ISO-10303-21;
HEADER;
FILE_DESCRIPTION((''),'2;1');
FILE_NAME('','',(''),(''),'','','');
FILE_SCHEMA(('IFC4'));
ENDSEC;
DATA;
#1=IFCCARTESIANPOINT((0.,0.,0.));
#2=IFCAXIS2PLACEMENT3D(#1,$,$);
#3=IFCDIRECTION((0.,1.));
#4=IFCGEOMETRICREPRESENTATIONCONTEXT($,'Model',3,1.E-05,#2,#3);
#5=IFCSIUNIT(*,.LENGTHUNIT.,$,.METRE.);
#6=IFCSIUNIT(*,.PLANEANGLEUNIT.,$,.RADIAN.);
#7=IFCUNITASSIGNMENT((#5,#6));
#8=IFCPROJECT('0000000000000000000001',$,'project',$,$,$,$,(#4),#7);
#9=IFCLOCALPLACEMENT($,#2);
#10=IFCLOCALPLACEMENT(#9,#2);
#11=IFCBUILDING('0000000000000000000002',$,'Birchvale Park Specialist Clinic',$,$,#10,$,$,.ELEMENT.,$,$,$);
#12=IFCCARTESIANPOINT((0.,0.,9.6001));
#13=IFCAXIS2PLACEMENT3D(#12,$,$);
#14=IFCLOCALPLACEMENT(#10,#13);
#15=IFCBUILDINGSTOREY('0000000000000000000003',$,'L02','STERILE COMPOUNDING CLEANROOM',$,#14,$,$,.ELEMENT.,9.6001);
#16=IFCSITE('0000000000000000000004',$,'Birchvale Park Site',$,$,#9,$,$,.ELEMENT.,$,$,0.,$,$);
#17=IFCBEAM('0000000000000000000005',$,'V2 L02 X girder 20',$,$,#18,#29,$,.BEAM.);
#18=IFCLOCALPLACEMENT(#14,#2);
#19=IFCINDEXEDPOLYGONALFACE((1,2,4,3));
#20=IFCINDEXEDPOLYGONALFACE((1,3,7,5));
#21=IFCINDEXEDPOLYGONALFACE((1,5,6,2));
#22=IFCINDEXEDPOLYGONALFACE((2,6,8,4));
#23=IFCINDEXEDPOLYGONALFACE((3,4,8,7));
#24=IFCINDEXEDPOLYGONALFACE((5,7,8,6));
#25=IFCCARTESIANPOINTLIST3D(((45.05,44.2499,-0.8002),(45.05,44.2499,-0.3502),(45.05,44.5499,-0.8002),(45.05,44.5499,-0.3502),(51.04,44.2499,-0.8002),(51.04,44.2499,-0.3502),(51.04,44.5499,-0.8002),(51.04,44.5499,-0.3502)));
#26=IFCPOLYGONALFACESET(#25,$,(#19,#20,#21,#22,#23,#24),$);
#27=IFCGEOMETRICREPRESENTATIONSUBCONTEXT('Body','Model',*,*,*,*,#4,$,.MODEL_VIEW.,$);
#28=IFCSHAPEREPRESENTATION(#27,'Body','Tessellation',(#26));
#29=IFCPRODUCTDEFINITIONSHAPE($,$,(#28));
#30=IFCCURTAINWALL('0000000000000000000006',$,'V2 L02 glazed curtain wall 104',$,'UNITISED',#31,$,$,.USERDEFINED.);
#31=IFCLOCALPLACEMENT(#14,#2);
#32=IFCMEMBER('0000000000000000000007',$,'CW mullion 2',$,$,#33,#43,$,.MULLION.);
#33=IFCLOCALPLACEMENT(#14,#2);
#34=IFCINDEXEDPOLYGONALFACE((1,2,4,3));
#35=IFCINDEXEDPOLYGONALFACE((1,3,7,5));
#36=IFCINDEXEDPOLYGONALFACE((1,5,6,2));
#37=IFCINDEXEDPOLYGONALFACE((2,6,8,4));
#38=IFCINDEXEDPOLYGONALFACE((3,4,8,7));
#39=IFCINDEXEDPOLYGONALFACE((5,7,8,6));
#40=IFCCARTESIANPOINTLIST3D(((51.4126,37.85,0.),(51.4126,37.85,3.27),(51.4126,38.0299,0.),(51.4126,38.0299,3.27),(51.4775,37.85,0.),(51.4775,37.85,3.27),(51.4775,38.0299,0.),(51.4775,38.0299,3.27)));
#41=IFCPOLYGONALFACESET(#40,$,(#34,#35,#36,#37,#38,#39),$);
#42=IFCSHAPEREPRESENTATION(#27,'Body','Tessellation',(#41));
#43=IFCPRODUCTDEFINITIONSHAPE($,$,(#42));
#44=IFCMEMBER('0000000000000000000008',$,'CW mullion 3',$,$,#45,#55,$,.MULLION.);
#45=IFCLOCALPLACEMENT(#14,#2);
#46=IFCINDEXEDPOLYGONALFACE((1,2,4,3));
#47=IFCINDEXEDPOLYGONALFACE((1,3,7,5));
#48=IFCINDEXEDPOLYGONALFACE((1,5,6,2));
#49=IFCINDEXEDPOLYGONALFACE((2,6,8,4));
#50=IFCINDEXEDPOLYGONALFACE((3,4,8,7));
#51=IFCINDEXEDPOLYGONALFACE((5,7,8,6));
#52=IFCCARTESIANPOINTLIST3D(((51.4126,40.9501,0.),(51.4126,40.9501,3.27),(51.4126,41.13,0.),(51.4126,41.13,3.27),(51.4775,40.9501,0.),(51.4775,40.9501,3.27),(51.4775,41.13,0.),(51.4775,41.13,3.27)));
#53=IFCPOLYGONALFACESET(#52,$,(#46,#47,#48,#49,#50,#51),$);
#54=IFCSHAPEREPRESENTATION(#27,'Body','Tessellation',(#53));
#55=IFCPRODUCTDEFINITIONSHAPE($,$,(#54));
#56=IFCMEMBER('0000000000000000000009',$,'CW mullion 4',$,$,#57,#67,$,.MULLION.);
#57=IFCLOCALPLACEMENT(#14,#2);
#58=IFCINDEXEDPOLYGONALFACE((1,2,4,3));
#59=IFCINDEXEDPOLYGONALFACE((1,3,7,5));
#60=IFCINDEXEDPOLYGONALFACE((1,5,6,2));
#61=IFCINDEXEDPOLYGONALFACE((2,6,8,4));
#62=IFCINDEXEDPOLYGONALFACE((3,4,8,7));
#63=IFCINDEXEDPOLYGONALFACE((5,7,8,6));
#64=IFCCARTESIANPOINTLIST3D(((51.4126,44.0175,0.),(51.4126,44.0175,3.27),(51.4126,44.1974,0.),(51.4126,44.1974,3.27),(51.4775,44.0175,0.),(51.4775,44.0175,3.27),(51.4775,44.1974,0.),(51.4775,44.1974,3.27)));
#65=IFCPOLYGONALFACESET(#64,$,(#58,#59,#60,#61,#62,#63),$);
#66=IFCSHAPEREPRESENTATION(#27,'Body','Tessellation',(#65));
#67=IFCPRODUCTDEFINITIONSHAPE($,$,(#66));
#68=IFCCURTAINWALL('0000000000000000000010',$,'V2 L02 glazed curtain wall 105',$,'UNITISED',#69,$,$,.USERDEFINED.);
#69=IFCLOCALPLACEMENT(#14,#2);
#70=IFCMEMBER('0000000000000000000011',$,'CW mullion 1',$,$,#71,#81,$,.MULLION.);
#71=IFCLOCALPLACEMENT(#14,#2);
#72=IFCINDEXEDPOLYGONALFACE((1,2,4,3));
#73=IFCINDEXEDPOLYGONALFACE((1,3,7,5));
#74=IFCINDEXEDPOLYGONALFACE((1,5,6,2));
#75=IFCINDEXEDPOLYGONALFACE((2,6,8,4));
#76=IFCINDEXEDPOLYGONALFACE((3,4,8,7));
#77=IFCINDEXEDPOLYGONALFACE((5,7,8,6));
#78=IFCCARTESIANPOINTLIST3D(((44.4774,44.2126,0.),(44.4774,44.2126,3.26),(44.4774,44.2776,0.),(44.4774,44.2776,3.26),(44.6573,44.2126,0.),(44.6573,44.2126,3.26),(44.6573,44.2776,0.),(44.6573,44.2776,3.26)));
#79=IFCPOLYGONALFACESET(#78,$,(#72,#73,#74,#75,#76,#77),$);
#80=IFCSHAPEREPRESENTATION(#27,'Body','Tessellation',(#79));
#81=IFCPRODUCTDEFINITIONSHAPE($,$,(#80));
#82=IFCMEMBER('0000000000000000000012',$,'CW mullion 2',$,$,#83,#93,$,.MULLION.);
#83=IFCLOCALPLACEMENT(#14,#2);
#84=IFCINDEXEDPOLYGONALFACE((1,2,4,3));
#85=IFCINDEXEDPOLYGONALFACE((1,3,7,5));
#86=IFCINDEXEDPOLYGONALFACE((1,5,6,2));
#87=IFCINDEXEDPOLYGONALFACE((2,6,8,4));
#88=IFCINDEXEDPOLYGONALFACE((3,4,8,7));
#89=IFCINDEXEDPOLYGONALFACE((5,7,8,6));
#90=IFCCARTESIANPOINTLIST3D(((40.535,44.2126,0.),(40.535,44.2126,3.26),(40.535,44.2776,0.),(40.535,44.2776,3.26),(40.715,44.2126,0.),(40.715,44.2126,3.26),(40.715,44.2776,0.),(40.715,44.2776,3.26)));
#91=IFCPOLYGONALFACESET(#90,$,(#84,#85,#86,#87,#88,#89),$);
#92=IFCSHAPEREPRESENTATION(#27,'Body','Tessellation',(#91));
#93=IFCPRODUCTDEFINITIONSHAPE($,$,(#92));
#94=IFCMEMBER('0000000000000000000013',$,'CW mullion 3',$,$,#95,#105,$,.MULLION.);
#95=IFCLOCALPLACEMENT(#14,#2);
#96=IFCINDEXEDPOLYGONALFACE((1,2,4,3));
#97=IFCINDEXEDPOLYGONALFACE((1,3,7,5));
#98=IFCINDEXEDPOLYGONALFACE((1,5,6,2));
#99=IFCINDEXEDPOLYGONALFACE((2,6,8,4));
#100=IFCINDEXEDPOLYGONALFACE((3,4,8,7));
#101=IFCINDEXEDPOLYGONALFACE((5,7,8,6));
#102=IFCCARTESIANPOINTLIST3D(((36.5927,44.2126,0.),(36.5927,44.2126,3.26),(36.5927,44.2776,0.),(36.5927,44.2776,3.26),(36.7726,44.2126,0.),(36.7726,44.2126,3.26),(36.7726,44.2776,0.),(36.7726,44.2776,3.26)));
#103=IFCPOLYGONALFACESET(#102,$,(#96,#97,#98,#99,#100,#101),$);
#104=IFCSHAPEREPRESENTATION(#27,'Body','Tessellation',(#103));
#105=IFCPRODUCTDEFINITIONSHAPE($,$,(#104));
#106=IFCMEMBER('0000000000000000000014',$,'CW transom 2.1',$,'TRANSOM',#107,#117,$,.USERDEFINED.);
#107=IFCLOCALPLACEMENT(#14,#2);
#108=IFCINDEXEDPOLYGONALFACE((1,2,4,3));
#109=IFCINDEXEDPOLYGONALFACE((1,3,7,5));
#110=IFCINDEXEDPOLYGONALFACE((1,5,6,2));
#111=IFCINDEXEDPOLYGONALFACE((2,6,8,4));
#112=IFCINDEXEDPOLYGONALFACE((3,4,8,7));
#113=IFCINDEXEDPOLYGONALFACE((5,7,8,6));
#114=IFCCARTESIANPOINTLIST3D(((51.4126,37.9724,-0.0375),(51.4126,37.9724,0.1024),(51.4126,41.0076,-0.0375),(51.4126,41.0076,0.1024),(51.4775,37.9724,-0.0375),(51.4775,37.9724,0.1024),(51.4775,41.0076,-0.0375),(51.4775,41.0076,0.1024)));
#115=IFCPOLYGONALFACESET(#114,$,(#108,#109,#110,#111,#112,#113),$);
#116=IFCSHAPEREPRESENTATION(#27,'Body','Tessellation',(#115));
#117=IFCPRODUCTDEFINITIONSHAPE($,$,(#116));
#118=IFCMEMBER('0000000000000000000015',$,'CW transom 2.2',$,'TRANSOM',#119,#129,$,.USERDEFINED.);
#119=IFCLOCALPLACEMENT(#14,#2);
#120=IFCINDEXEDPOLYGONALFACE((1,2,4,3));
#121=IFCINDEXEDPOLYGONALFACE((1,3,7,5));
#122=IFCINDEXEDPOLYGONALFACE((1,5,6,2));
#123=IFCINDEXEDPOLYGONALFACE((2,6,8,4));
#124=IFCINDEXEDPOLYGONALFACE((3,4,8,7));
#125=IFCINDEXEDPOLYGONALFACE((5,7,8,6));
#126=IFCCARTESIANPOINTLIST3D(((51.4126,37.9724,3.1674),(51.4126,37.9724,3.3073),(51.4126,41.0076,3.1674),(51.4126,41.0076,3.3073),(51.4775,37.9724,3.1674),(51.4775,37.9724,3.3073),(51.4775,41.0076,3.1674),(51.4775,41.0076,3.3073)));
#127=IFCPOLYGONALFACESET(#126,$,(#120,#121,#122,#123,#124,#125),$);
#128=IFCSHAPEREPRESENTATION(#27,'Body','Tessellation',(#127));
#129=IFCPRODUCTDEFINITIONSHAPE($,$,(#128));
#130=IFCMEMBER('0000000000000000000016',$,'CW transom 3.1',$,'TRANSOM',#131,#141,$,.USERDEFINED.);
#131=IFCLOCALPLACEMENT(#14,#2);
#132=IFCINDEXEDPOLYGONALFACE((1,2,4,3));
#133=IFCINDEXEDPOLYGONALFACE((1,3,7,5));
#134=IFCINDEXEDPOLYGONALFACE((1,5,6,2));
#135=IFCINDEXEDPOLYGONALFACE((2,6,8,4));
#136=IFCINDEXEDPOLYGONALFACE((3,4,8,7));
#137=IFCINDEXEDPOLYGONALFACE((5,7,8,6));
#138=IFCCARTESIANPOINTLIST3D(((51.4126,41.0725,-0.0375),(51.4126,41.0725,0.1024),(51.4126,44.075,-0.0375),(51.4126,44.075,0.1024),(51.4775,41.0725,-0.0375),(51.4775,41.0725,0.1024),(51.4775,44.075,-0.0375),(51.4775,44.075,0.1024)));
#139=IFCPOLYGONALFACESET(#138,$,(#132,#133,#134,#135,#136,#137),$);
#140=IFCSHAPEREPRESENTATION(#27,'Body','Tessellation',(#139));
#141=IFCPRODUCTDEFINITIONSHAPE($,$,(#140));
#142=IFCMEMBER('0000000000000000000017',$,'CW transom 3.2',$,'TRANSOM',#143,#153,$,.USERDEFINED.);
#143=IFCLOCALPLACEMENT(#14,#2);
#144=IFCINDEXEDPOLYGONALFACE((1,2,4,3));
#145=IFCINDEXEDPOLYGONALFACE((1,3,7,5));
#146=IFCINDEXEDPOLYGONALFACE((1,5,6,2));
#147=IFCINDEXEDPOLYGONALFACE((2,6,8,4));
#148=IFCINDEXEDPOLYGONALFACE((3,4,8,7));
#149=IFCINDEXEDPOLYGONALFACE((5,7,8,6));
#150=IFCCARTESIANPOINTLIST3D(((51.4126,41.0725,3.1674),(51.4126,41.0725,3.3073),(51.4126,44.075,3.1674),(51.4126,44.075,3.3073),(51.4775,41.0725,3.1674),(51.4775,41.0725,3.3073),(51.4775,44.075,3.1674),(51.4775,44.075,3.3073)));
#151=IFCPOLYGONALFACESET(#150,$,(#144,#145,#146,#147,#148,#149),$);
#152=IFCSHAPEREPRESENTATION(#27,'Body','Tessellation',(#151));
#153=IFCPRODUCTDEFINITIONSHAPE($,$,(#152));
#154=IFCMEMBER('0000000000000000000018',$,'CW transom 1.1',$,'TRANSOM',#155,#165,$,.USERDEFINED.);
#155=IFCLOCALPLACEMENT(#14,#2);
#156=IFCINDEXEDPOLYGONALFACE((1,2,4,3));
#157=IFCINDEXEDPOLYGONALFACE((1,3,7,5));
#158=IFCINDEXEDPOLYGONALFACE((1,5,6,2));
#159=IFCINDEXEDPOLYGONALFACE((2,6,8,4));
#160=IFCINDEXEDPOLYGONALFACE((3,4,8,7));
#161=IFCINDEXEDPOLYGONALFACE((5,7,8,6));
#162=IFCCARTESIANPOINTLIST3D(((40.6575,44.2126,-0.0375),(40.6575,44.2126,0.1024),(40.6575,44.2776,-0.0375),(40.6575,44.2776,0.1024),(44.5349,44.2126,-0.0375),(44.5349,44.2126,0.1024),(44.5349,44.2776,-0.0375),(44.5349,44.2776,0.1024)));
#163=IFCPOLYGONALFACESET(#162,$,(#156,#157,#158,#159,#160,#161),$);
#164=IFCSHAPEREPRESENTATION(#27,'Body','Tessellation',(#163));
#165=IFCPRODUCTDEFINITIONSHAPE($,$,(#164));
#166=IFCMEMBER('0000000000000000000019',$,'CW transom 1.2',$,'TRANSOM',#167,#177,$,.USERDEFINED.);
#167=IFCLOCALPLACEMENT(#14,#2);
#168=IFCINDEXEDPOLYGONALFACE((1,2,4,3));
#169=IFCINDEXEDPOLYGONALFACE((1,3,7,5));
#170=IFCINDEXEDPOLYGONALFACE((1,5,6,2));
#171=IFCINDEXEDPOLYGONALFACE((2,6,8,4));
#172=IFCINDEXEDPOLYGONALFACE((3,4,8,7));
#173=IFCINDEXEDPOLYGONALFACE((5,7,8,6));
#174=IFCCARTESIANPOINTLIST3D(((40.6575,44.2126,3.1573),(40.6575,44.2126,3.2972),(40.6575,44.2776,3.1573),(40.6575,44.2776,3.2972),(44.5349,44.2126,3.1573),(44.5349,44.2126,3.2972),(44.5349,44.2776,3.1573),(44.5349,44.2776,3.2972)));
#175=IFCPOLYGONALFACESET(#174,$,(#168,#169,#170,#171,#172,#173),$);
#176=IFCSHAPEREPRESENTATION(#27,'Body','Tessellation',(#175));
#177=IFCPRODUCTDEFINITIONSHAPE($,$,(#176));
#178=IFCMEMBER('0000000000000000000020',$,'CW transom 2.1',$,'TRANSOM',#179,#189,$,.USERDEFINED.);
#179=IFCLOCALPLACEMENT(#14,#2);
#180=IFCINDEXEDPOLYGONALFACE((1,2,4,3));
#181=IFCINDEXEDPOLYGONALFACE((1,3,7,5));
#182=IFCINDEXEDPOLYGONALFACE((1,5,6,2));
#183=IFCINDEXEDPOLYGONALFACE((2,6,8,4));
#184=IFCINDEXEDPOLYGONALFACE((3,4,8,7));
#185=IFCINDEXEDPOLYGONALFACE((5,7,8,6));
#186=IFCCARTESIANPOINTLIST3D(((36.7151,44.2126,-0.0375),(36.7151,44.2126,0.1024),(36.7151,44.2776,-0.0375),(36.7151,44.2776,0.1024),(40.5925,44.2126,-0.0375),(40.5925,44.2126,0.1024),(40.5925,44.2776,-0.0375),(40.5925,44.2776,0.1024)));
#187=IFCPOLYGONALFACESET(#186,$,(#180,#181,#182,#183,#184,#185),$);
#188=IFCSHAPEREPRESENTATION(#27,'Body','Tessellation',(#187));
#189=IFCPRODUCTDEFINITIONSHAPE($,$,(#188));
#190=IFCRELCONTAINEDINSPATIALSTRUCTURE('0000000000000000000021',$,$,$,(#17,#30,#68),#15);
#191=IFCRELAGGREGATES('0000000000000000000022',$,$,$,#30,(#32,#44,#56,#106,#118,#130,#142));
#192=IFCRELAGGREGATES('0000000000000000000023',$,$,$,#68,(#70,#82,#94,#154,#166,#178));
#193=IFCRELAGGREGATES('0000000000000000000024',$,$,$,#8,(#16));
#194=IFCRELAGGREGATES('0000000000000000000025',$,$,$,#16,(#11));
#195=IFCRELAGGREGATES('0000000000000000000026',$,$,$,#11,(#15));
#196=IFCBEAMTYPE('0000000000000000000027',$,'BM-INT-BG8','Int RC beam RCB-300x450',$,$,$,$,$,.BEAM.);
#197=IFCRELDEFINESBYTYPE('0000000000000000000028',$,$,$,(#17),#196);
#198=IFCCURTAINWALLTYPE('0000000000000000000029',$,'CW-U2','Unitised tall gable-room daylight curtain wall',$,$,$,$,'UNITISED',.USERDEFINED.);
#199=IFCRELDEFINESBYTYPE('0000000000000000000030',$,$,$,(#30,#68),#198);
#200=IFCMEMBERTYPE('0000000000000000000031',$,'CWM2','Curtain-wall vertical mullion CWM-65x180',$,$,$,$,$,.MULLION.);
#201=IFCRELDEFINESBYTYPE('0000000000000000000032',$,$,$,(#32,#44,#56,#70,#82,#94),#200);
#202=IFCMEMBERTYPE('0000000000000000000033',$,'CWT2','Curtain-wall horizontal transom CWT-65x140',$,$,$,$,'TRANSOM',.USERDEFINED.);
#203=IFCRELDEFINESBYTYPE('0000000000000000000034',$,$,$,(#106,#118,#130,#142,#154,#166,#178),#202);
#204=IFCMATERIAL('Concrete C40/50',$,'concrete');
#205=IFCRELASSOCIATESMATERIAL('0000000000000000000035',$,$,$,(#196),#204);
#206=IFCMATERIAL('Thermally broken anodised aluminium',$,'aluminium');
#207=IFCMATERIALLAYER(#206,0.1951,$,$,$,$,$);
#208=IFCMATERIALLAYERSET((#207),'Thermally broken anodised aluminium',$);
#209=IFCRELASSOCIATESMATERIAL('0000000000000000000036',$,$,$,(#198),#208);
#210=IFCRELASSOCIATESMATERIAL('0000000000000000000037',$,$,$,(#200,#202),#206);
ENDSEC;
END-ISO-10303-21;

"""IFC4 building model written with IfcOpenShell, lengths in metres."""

from ifc_helpers import new_model, si_unit, direction, frame, origin, origin_2d, place, context, subcontext, project, spatial, rectangle, extrude, material, layer, layer_set, material_profile, profile_set, type_object, element, aggregate, save


model = new_model("IFC4")

# Units and contexts
model_context = context("Model", 3, precision=1e-05, world=origin(), true_north=direction((0.0, 1.0)))
body_context = subcontext(model_context, "Body", "Model", "MODEL_VIEW")
ifc_project = project(units=[si_unit("LENGTHUNIT", "METRE"), si_unit("PLANEANGLEUNIT", "RADIAN")], contexts=[model_context])

# Site, building, storey
site_placement = place(None, origin())
site = spatial("IfcSite", under=ifc_project, at=site_placement, Name="Birchvale Park Site", CompositionType="ELEMENT", RefElevation=0.0)
building_placement = place(site_placement, origin())
building = spatial("IfcBuilding", under=site, at=building_placement, Name="Birchvale Park Specialist Clinic", CompositionType="ELEMENT")
storey_placement = place(building_placement, frame((0.0, 0.0, 9.6001)))
storey = spatial("IfcBuildingStorey", under=building, at=storey_placement, Name="L02", Description="STERILE COMPOUNDING CLEANROOM", CompositionType="ELEMENT", Elevation=9.6001)

# Shared definitions
ifc_material_1 = material(Name="Concrete C40/50", Category="concrete")

# Beam
ifc_material_profile_1 = material_profile(ifc_material_1, rectangle(XDim=0.3, YDim=0.45, at=origin_2d()), Name="RCB-300x450")
ifc_profile_set_1 = profile_set([ifc_material_profile_1], Name="Concrete C40/50")
beam_type_1 = type_object("IfcBeamType", Name="BM-INT-BG8", Description="Int RC beam RCB-300x450", PredefinedType="BEAM", material=ifc_profile_set_1)
beam_1_placement = place(storey_placement, frame((45.05, 44.3999, -0.5752), z_axis=(1.0, 0.0, 0.0), x_axis=(0.0, 1.0, 0.0)))
element("IfcBeam", 1, at=beam_1_placement, inside=storey, type_object=beam_type_1, Name="V2 L02 X girder 20", PredefinedType="BEAM", context=body_context, shape_type="SweptSolid", body=[
    extrude(rectangle(XDim=0.3, YDim=0.45, at=origin_2d()), origin(), (0.0, 0.0, 1.0), 5.99),
])

# Curtain walls, members
ifc_material_2 = material(Name="Thermally broken anodised aluminium", Category="aluminium")
ifc_layer_1 = layer(ifc_material_2, 0.1951)
ifc_layer_set_1 = layer_set([ifc_layer_1], Name="Thermally broken anodised aluminium")
curtain_wall_type = type_object("IfcCurtainWallType", Name="CW-U2", Description="Unitised tall gable-room daylight curtain wall", ElementType="UNITISED", PredefinedType="USERDEFINED", material=ifc_layer_set_1)
curtain_wall_1_placement = place(storey_placement, origin())
curtain_wall_1 = element("IfcCurtainWall", 2, at=curtain_wall_1_placement, inside=storey, type_object=curtain_wall_type, Name="V2 L02 glazed curtain wall 104", ObjectType="UNITISED", PredefinedType="USERDEFINED")
ifc_material_profile_2 = material_profile(ifc_material_2, rectangle(XDim=0.0649, YDim=0.1799, at=origin_2d()), Name="CWM-65x180")
ifc_profile_set_2 = profile_set([ifc_material_profile_2], Name="Thermally broken anodised aluminium")
member_type_1 = type_object("IfcMemberType", Name="CWM2", Description="Curtain-wall vertical mullion CWM-65x180", PredefinedType="MULLION", material=ifc_profile_set_2)
member_1_placement = place(storey_placement, frame((51.4451, 37.9399, 0.0), z_axis=(0.0, 0.0, 1.0), x_axis=(-1.0, 0.0, 0.0)))
member_1 = element("IfcMember", 3, at=member_1_placement, type_object=member_type_1, Name="CW mullion 2", PredefinedType="MULLION", context=body_context, shape_type="SweptSolid", body=[
    extrude(rectangle(XDim=0.0649, YDim=0.1799, at=origin_2d()), origin(), (0.0, 0.0, 1.0), 3.27),
])
member_2_placement = place(storey_placement, frame((51.4451, 41.04, 0.0), z_axis=(0.0, 0.0, 1.0), x_axis=(-1.0, 0.0, 0.0)))
member_2 = element("IfcMember", 4, at=member_2_placement, type_object=member_type_1, Name="CW mullion 3", PredefinedType="MULLION", context=body_context, shape_type="SweptSolid", body=[
    extrude(rectangle(XDim=0.0649, YDim=0.1799, at=origin_2d()), origin(), (0.0, 0.0, 1.0), 3.27),
])
member_3_placement = place(storey_placement, frame((51.4451, 44.1074, 0.0), z_axis=(0.0, 0.0, 1.0), x_axis=(-1.0, 0.0, 0.0)))
member_3 = element("IfcMember", 5, at=member_3_placement, type_object=member_type_1, Name="CW mullion 4", PredefinedType="MULLION", context=body_context, shape_type="SweptSolid", body=[
    extrude(rectangle(XDim=0.0649, YDim=0.1799, at=origin_2d()), origin(), (0.0, 0.0, 1.0), 3.27),
])
curtain_wall_2_placement = place(storey_placement, origin())
curtain_wall_2 = element("IfcCurtainWall", 6, at=curtain_wall_2_placement, inside=storey, type_object=curtain_wall_type, Name="V2 L02 glazed curtain wall 105", ObjectType="UNITISED", PredefinedType="USERDEFINED")
member_4_placement = place(storey_placement, frame((44.5674, 44.2451, 0.0), z_axis=(0.0, 0.0, 1.0), x_axis=(0.0, -1.0, 0.0)))
member_4 = element("IfcMember", 7, at=member_4_placement, type_object=member_type_1, Name="CW mullion 1", PredefinedType="MULLION", context=body_context, shape_type="SweptSolid", body=[
    extrude(rectangle(XDim=0.0649, YDim=0.1799, at=origin_2d()), origin(), (0.0, 0.0, 1.0), 3.26),
])
member_5_placement = place(storey_placement, frame((40.625, 44.2451, 0.0), z_axis=(0.0, 0.0, 1.0), x_axis=(0.0, -1.0, 0.0)))
member_5 = element("IfcMember", 8, at=member_5_placement, type_object=member_type_1, Name="CW mullion 2", PredefinedType="MULLION", context=body_context, shape_type="SweptSolid", body=[
    extrude(rectangle(XDim=0.0649, YDim=0.1799, at=origin_2d()), origin(), (0.0, 0.0, 1.0), 3.26),
])
member_6_placement = place(storey_placement, frame((36.6826, 44.2451, 0.0), z_axis=(0.0, 0.0, 1.0), x_axis=(0.0, -1.0, 0.0)))
member_6 = element("IfcMember", 9, at=member_6_placement, type_object=member_type_1, Name="CW mullion 3", PredefinedType="MULLION", context=body_context, shape_type="SweptSolid", body=[
    extrude(rectangle(XDim=0.0649, YDim=0.1799, at=origin_2d()), origin(), (0.0, 0.0, 1.0), 3.26),
])

# Members
ifc_material_profile_3 = material_profile(ifc_material_2, rectangle(XDim=0.0649, YDim=0.1399, at=origin_2d()), Name="CWT-65x140")
ifc_profile_set_3 = profile_set([ifc_material_profile_3], Name="Thermally broken anodised aluminium")
member_type_2 = type_object("IfcMemberType", Name="CWT2", Description="Curtain-wall horizontal transom CWT-65x140", ElementType="TRANSOM", PredefinedType="USERDEFINED", material=ifc_profile_set_3)
member_7_placement = place(storey_placement, frame((51.4451, 37.9724, 0.0325), z_axis=(0.0, 1.0, 0.0), x_axis=(-1.0, 0.0, 0.0)))
member_7 = element("IfcMember", 10, at=member_7_placement, type_object=member_type_2, Name="CW transom 2.1", ObjectType="TRANSOM", PredefinedType="USERDEFINED", context=body_context, shape_type="SweptSolid", body=[
    extrude(rectangle(XDim=0.0649, YDim=0.1399, at=origin_2d()), origin(), (0.0, 0.0, 1.0), 3.0352),
])
member_8_placement = place(storey_placement, frame((51.4451, 37.9724, 3.2373), z_axis=(0.0, 1.0, 0.0), x_axis=(-1.0, 0.0, 0.0)))
member_8 = element("IfcMember", 11, at=member_8_placement, type_object=member_type_2, Name="CW transom 2.2", ObjectType="TRANSOM", PredefinedType="USERDEFINED", context=body_context, shape_type="SweptSolid", body=[
    extrude(rectangle(XDim=0.0649, YDim=0.1399, at=origin_2d()), origin(), (0.0, 0.0, 1.0), 3.0352),
])
member_9_placement = place(storey_placement, frame((51.4451, 41.0725, 0.0325), z_axis=(0.0, 1.0, 0.0), x_axis=(-1.0, 0.0, 0.0)))
member_9 = element("IfcMember", 12, at=member_9_placement, type_object=member_type_2, Name="CW transom 3.1", ObjectType="TRANSOM", PredefinedType="USERDEFINED", context=body_context, shape_type="SweptSolid", body=[
    extrude(rectangle(XDim=0.0649, YDim=0.1399, at=origin_2d()), origin(), (0.0, 0.0, 1.0), 3.0024),
])
member_10_placement = place(storey_placement, frame((51.4451, 41.0725, 3.2373), z_axis=(0.0, 1.0, 0.0), x_axis=(-1.0, 0.0, 0.0)))
member_10 = element("IfcMember", 13, at=member_10_placement, type_object=member_type_2, Name="CW transom 3.2", ObjectType="TRANSOM", PredefinedType="USERDEFINED", context=body_context, shape_type="SweptSolid", body=[
    extrude(rectangle(XDim=0.0649, YDim=0.1399, at=origin_2d()), origin(), (0.0, 0.0, 1.0), 3.0024),
])
member_11_placement = place(storey_placement, frame((44.5349, 44.2451, 0.0325), z_axis=(-1.0, 0.0, 0.0), x_axis=(0.0, -1.0, 0.0)))
member_11 = element("IfcMember", 14, at=member_11_placement, type_object=member_type_2, Name="CW transom 1.1", ObjectType="TRANSOM", PredefinedType="USERDEFINED", context=body_context, shape_type="SweptSolid", body=[
    extrude(rectangle(XDim=0.0649, YDim=0.1399, at=origin_2d()), origin(), (0.0, 0.0, 1.0), 3.8774),
])
member_12_placement = place(storey_placement, frame((44.5349, 44.2451, 3.2273), z_axis=(-1.0, 0.0, 0.0), x_axis=(0.0, -1.0, 0.0)))
member_12 = element("IfcMember", 15, at=member_12_placement, type_object=member_type_2, Name="CW transom 1.2", ObjectType="TRANSOM", PredefinedType="USERDEFINED", context=body_context, shape_type="SweptSolid", body=[
    extrude(rectangle(XDim=0.0649, YDim=0.1399, at=origin_2d()), origin(), (0.0, 0.0, 1.0), 3.8774),
])
member_13_placement = place(storey_placement, frame((40.5925, 44.2451, 0.0325), z_axis=(-1.0, 0.0, 0.0), x_axis=(0.0, -1.0, 0.0)))
member_13 = element("IfcMember", 16, at=member_13_placement, type_object=member_type_2, Name="CW transom 2.1", ObjectType="TRANSOM", PredefinedType="USERDEFINED", context=body_context, shape_type="SweptSolid", body=[
    extrude(rectangle(XDim=0.0649, YDim=0.1399, at=origin_2d()), origin(), (0.0, 0.0, 1.0), 3.8774),
])

aggregate(curtain_wall_1, [member_1, member_2, member_3, member_7, member_8, member_9, member_10])
aggregate(curtain_wall_2, [member_4, member_5, member_6, member_11, member_12, member_13])

save(model, "model.ifc")
